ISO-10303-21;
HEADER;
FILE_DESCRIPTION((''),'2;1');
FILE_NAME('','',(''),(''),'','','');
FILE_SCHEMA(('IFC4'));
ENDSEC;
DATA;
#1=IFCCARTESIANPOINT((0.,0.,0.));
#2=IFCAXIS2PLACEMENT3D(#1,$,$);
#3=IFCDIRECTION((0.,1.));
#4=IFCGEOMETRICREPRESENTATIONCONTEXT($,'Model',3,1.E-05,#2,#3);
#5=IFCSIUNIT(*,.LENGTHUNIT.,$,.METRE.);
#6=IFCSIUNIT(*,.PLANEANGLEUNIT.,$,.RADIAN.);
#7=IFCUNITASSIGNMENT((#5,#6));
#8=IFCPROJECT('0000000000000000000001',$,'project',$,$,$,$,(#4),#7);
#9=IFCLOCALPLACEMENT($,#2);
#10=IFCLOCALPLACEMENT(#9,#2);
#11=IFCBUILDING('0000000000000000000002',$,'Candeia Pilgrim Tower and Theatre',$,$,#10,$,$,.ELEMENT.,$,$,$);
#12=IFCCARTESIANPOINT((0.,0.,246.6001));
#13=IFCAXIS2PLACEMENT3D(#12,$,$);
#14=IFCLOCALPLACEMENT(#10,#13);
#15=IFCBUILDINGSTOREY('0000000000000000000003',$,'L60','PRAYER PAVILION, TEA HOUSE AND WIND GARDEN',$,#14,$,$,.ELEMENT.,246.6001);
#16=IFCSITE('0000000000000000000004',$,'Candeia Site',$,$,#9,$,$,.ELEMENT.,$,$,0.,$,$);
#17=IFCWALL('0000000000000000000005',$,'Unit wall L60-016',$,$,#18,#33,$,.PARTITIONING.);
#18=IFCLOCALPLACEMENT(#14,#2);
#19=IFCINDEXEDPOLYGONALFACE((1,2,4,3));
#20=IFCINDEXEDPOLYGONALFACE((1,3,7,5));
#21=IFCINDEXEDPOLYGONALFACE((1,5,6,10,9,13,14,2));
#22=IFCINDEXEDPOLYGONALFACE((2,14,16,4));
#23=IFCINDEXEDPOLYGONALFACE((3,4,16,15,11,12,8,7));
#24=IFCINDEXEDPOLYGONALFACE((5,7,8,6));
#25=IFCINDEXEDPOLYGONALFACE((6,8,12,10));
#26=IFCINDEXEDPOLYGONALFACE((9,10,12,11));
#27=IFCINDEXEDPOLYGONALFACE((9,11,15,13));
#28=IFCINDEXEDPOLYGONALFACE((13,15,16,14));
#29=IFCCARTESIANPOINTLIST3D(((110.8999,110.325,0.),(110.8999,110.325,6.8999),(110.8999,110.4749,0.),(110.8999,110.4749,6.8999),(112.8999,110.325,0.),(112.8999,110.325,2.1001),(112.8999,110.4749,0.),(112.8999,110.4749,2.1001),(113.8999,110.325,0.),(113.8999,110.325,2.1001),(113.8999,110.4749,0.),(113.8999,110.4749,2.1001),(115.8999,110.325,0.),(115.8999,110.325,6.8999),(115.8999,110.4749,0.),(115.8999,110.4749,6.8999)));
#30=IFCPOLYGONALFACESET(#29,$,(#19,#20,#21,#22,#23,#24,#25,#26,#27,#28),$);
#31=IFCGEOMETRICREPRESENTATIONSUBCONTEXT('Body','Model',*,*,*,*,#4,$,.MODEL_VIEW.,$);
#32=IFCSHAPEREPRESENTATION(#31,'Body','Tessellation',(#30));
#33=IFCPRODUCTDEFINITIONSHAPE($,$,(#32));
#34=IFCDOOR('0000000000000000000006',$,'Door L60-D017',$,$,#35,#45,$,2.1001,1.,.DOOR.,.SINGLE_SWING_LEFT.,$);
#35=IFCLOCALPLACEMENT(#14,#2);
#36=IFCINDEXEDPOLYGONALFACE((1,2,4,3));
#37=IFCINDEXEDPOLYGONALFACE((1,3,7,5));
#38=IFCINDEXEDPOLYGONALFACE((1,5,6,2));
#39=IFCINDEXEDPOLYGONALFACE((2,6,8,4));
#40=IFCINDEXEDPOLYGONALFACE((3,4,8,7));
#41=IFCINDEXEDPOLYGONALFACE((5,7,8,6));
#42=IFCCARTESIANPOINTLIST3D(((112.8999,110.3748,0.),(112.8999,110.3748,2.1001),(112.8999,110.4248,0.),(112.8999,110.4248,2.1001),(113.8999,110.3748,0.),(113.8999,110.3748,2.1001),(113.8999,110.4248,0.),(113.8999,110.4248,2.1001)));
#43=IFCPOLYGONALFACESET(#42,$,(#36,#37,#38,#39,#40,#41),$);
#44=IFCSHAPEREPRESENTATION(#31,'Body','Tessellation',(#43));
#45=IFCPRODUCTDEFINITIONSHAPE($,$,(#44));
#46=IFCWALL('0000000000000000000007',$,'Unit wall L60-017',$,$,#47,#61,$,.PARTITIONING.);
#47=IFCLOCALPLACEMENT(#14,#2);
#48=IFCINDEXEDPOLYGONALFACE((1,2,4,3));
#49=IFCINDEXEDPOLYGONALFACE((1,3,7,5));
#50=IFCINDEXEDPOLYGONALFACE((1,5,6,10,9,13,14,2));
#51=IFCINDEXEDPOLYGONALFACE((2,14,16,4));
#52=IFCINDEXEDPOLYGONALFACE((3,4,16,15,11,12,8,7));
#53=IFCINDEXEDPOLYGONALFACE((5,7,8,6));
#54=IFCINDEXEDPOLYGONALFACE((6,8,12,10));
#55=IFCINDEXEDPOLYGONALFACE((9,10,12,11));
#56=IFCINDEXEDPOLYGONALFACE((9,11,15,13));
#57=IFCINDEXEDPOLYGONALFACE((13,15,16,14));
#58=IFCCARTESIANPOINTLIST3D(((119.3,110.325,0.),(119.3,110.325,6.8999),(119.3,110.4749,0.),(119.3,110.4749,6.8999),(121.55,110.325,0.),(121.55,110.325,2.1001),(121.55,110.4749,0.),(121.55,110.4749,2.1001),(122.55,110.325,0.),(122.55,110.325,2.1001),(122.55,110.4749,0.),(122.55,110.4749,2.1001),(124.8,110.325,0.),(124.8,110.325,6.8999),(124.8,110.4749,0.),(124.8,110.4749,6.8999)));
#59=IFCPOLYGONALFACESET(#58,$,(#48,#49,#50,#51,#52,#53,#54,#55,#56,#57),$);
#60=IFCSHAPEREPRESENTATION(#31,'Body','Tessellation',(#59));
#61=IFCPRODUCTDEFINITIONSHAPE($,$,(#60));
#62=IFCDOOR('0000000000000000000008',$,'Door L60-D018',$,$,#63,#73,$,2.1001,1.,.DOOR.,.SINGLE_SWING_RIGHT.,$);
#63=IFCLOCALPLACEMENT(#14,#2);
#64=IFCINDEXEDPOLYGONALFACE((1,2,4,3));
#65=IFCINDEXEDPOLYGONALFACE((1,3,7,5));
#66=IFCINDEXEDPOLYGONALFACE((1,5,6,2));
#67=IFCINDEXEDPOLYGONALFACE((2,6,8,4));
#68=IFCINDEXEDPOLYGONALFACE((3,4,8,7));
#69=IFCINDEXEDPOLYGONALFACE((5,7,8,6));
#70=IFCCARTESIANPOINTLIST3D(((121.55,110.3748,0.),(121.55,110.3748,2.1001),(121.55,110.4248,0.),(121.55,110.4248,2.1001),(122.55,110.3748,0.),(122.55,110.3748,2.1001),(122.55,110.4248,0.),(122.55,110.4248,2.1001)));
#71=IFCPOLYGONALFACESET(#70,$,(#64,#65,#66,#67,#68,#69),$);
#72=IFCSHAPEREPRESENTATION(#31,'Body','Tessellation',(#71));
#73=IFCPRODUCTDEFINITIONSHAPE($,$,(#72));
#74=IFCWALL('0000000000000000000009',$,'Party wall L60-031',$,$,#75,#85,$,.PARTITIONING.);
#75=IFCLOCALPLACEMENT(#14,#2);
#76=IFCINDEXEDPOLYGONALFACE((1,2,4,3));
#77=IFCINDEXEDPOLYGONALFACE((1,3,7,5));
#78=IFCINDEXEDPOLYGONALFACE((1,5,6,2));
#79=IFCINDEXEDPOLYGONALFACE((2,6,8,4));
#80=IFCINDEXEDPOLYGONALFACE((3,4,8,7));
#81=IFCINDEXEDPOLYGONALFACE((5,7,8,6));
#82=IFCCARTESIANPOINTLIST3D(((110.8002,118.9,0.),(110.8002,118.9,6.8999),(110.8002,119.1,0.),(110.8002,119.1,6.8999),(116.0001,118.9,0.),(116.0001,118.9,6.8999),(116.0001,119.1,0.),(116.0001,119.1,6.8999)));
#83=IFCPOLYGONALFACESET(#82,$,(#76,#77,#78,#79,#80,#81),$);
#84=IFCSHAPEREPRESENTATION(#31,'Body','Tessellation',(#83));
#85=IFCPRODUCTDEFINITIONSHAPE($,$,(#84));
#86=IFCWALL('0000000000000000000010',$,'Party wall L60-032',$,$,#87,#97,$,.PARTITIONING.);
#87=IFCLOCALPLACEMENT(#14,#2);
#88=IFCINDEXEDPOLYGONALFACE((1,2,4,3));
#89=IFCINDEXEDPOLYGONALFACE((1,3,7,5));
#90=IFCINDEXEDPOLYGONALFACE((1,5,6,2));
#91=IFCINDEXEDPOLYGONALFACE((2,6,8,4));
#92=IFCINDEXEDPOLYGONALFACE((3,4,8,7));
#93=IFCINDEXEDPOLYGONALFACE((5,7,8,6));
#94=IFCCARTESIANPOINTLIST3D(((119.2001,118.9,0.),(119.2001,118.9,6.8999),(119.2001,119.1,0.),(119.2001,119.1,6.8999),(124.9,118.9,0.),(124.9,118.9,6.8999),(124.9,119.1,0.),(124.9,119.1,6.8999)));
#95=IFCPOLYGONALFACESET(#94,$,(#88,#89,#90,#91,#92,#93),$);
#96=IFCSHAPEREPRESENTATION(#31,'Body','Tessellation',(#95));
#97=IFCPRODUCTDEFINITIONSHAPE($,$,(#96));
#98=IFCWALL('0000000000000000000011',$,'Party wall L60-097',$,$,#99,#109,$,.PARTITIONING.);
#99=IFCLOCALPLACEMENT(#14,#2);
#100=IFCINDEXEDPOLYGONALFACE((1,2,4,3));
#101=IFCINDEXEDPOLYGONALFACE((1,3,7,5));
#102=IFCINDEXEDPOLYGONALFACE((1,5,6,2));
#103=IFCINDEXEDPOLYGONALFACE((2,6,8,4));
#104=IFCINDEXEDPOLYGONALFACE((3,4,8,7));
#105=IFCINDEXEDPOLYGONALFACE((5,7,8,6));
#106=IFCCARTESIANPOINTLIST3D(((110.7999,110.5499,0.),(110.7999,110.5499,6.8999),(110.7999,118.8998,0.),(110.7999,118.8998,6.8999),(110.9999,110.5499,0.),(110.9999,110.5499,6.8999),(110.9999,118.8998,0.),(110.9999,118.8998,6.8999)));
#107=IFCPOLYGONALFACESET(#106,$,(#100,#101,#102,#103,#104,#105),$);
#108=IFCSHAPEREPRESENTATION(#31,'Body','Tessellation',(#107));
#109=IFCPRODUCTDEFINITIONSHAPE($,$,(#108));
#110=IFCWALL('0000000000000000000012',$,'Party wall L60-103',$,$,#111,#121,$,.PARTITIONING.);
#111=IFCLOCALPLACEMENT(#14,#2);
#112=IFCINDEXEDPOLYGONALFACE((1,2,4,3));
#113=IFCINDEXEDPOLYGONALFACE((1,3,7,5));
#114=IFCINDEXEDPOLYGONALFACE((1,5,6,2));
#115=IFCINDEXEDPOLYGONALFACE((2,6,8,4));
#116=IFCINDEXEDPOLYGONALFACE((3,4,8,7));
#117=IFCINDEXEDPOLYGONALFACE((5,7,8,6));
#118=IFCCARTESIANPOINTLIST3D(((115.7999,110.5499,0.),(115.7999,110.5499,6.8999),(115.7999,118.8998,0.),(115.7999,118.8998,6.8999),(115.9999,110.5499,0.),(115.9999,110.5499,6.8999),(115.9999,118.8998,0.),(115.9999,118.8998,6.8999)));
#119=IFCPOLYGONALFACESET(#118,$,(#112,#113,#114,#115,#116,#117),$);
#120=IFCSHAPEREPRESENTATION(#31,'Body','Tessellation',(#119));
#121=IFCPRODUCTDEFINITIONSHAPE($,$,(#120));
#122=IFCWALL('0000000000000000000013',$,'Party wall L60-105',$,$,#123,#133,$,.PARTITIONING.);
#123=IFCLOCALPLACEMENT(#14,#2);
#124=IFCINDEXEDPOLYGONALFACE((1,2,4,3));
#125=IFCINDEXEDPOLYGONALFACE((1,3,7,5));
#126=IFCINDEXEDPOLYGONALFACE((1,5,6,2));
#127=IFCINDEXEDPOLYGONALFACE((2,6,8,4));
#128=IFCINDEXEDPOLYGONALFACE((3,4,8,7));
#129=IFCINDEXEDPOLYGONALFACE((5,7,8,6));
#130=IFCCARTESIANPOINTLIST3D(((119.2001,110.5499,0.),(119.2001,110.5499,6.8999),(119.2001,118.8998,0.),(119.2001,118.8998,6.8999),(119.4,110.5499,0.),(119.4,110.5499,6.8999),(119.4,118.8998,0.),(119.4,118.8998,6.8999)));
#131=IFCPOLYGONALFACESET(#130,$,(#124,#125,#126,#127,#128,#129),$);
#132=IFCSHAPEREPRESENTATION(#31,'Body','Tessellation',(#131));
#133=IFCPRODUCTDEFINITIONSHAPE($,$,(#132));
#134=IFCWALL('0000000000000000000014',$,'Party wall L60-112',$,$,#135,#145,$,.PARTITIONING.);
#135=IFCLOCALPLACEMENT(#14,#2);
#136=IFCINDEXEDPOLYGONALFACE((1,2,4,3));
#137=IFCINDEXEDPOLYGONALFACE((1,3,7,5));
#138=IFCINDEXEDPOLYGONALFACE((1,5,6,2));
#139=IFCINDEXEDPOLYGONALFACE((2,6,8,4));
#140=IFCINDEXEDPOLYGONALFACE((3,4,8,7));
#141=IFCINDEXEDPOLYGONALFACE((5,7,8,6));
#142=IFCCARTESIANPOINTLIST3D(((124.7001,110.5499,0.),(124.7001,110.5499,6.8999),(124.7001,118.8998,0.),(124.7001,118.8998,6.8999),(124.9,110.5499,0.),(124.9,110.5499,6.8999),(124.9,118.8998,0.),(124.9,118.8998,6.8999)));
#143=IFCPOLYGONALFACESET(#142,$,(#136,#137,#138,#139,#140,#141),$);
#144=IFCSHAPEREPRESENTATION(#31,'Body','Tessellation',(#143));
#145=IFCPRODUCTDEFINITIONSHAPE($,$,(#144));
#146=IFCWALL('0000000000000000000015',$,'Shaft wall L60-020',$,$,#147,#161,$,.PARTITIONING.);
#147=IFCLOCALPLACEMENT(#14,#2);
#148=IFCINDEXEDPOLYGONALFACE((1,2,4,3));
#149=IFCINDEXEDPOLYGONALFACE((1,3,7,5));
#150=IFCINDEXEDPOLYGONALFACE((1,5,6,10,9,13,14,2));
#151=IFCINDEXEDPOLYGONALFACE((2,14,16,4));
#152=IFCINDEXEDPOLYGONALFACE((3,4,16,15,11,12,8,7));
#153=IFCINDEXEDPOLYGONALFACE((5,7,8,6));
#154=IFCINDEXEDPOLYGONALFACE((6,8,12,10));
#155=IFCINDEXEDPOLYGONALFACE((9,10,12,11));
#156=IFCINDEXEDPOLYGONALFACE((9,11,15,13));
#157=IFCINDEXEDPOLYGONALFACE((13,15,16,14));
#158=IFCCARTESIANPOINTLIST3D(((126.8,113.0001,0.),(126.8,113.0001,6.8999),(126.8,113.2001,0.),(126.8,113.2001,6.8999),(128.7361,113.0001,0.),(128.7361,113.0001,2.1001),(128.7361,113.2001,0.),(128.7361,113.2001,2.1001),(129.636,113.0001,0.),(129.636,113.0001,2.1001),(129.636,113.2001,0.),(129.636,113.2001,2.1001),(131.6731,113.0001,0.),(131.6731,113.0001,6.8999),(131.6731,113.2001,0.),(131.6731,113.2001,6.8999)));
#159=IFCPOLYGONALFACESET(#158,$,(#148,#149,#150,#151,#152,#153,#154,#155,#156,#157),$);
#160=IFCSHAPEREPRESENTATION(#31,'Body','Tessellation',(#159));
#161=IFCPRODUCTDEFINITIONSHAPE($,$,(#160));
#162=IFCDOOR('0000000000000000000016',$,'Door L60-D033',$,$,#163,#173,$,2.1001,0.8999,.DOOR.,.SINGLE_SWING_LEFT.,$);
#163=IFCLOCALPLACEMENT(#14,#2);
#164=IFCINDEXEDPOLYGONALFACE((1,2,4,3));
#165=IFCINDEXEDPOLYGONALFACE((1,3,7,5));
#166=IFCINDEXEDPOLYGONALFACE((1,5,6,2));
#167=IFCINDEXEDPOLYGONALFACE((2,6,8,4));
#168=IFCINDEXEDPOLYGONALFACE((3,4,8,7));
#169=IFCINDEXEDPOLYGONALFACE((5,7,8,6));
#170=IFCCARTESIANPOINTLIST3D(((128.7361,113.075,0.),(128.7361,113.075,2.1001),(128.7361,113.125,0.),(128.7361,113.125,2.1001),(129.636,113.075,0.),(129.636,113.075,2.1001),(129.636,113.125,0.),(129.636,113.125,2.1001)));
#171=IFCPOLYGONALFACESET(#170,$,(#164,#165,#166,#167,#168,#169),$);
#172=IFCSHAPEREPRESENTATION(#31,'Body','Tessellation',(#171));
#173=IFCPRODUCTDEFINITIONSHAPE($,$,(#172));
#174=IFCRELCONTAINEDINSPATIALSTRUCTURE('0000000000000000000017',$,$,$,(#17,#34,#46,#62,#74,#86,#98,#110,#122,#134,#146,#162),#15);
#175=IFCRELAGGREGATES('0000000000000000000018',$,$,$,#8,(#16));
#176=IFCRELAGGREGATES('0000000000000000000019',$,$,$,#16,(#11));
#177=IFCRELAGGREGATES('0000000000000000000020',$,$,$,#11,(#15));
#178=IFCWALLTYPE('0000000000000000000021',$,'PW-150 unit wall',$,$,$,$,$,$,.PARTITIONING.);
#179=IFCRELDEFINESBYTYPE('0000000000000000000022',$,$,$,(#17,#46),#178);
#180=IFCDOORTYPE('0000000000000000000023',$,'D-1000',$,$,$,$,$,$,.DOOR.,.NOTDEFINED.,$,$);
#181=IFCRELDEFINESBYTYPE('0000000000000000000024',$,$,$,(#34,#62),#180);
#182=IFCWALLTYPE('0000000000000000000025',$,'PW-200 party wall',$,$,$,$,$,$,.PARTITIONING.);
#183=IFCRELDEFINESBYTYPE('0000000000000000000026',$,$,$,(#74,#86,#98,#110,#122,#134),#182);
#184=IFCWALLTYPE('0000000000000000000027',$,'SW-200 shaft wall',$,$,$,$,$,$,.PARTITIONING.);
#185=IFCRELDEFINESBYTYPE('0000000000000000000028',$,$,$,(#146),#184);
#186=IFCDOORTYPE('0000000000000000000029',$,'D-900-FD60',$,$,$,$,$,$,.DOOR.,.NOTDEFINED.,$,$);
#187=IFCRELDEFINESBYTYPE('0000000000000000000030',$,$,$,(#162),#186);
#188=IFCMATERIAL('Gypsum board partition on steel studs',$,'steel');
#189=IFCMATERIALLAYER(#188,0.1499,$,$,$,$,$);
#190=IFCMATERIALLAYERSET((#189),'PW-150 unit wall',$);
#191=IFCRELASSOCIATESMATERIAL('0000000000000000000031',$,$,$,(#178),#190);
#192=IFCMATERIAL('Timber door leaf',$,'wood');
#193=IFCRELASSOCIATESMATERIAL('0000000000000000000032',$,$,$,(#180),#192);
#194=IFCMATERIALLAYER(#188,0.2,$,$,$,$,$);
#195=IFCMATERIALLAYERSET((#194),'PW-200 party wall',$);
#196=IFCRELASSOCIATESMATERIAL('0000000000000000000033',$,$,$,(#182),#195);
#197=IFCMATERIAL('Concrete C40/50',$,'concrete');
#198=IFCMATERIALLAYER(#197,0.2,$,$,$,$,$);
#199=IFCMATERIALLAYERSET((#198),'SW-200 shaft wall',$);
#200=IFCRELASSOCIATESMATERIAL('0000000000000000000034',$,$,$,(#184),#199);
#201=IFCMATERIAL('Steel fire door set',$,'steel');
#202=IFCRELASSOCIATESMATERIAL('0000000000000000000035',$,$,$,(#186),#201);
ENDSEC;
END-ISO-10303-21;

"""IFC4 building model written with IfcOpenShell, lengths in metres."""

from ifc_helpers import new_model, si_unit, direction, frame, frame_2d, origin, place, context, subcontext, project, spatial, rectangle, extrude, material, layer, layer_set, type_object, element, fill, save


model = new_model("IFC4")

# Units and contexts
model_context = context("Model", 3, precision=1e-05, world=origin(), true_north=direction((0.0, 1.0)))
body_context = subcontext(model_context, "Body", "Model", "MODEL_VIEW")
ifc_project = project(units=[si_unit("LENGTHUNIT", "METRE"), si_unit("PLANEANGLEUNIT", "RADIAN")], contexts=[model_context])

# Site, building, storey
site_placement = place(None, origin())
site = spatial("IfcSite", under=ifc_project, at=site_placement, Name="Candeia Site", CompositionType="ELEMENT", RefElevation=0.0)
building_placement = place(site_placement, origin())
building = spatial("IfcBuilding", under=site, at=building_placement, Name="Candeia Pilgrim Tower and Theatre", CompositionType="ELEMENT")
storey_placement = place(building_placement, frame((0.0, 0.0, 246.6001)))
storey = spatial("IfcBuildingStorey", under=building, at=storey_placement, Name="L60", Description="PRAYER PAVILION, TEA HOUSE AND WIND GARDEN", CompositionType="ELEMENT", Elevation=246.6001)

# Shared definitions
ifc_material_1 = material(Name="Steel fire door set", Category="steel")

# Walls, openings, doors
ifc_material_2 = material(Name="Gypsum board partition on steel studs", Category="steel")
ifc_layer_1 = layer(ifc_material_2, 0.1499)
ifc_layer_set_1 = layer_set([ifc_layer_1], Name="PW-150 unit wall")
wall_type_1 = type_object("IfcWallType", Name="PW-150 unit wall", PredefinedType="PARTITIONING", material=ifc_layer_set_1)
ifc_material_3 = material(Name="Timber door leaf", Category="wood")
door_type_1 = type_object("IfcDoorType", Name="D-1000", OperationType="NOTDEFINED", PredefinedType="DOOR", material=ifc_material_3)
wall_1_placement = place(storey_placement, frame((110.8999, 110.3999, 0.0), z_axis=(0.0, 0.0, 1.0), x_axis=(1.0, 0.0, 0.0)))
wall_1 = element("IfcWall", 1, at=wall_1_placement, inside=storey, type_object=wall_type_1, Name="Unit wall L60-016", PredefinedType="PARTITIONING", context=body_context, shape_type="SweptSolid", body=[
    extrude(rectangle(XDim=5.0, YDim=0.1499, at=frame_2d((2.5, 0.0))), origin(), (0.0, 0.0, 1.0), 6.8999),
])
opening_1_placement = place(wall_1_placement, frame((2.0, 0.0, 0.0)))
opening_1 = element("IfcOpeningElement", 2, at=opening_1_placement, cuts=wall_1, PredefinedType="OPENING", context=body_context, shape_type="SweptSolid", body=[
    extrude(rectangle(XDim=1.0, YDim=2.1001, at=frame_2d((0.5, 1.05))), frame((0.0, 0.085, 0.0), z_axis=(0.0, -1.0, 0.0), x_axis=(1.0, 0.0, 0.0)), (0.0, 0.0, 1.0), 0.1699),
])
door_1_placement = place(opening_1_placement, origin())
door_1 = element("IfcDoor", 3, at=door_1_placement, inside=storey, type_object=door_type_1, Name="Door L60-D017", OperationType="SINGLE_SWING_LEFT", OverallHeight=2.1001, OverallWidth=1.0, PredefinedType="DOOR", context=body_context, shape_type="SweptSolid", body=[
    extrude(rectangle(XDim=1.0, YDim=2.1001, at=frame_2d((0.5, 1.05))), frame((0.0, 0.0249, 0.0), z_axis=(0.0, -1.0, 0.0), x_axis=(1.0, 0.0, 0.0)), (0.0, 0.0, 1.0), 0.05),
])
fill(opening_1, door_1)
wall_2_placement = place(storey_placement, frame((119.3, 110.3999, 0.0), z_axis=(0.0, 0.0, 1.0), x_axis=(1.0, 0.0, 0.0)))
wall_2 = element("IfcWall", 4, at=wall_2_placement, inside=storey, type_object=wall_type_1, Name="Unit wall L60-017", PredefinedType="PARTITIONING", context=body_context, shape_type="SweptSolid", body=[
    extrude(rectangle(XDim=5.5, YDim=0.1499, at=frame_2d((2.75, 0.0))), origin(), (0.0, 0.0, 1.0), 6.8999),
])
opening_2_placement = place(wall_2_placement, frame((2.25, 0.0, 0.0)))
opening_2 = element("IfcOpeningElement", 5, at=opening_2_placement, cuts=wall_2, PredefinedType="OPENING", context=body_context, shape_type="SweptSolid", body=[
    extrude(rectangle(XDim=1.0, YDim=2.1001, at=frame_2d((0.5, 1.05))), frame((0.0, 0.085, 0.0), z_axis=(0.0, -1.0, 0.0), x_axis=(1.0, 0.0, 0.0)), (0.0, 0.0, 1.0), 0.1699),
])
door_2_placement = place(opening_2_placement, origin())
door_2 = element("IfcDoor", 6, at=door_2_placement, inside=storey, type_object=door_type_1, Name="Door L60-D018", OperationType="SINGLE_SWING_RIGHT", OverallHeight=2.1001, OverallWidth=1.0, PredefinedType="DOOR", context=body_context, shape_type="SweptSolid", body=[
    extrude(rectangle(XDim=1.0, YDim=2.1001, at=frame_2d((0.5, 1.05))), frame((0.0, 0.0249, 0.0), z_axis=(0.0, -1.0, 0.0), x_axis=(1.0, 0.0, 0.0)), (0.0, 0.0, 1.0), 0.05),
])
fill(opening_2, door_2)

# Walls
ifc_layer_2 = layer(ifc_material_2, 0.2)
ifc_layer_set_2 = layer_set([ifc_layer_2], Name="PW-200 party wall")
wall_type_2 = type_object("IfcWallType", Name="PW-200 party wall", PredefinedType="PARTITIONING", material=ifc_layer_set_2)
wall_3_placement = place(storey_placement, frame((110.8, 119.0, 0.0), z_axis=(0.0, 0.0, 1.0), x_axis=(1.0, 0.0, 0.0)))
element("IfcWall", 7, at=wall_3_placement, inside=storey, type_object=wall_type_2, Name="Party wall L60-031", PredefinedType="PARTITIONING", context=body_context, shape_type="SweptSolid", body=[
    extrude(rectangle(XDim=5.2, YDim=0.2, at=frame_2d((2.6001, 0.0))), origin(), (0.0, 0.0, 1.0), 6.8999),
])
wall_4_placement = place(storey_placement, frame((119.2, 119.0, 0.0), z_axis=(0.0, 0.0, 1.0), x_axis=(1.0, 0.0, 0.0)))
element("IfcWall", 8, at=wall_4_placement, inside=storey, type_object=wall_type_2, Name="Party wall L60-032", PredefinedType="PARTITIONING", context=body_context, shape_type="SweptSolid", body=[
    extrude(rectangle(XDim=5.7, YDim=0.2, at=frame_2d((2.8501, 0.0))), origin(), (0.0, 0.0, 1.0), 6.8999),
])
for number, where, z_axis, x_axis, name in (
    (9, (110.8999, 110.55, 0.0), (0.0, 0.0, 1.0), (0.0, 1.0, 0.0), "Party wall L60-097"),
    (10, (115.8999, 110.55, 0.0), (0.0, 0.0, 1.0), (0.0, 1.0, 0.0), "Party wall L60-103"),
    (11, (119.3, 110.55, 0.0), (0.0, 0.0, 1.0), (0.0, 1.0, 0.0), "Party wall L60-105"),
    (12, (124.8, 110.55, 0.0), (0.0, 0.0, 1.0), (0.0, 1.0, 0.0), "Party wall L60-112"),
):
    element("IfcWall", number, at=place(storey_placement, frame(where, z_axis=z_axis, x_axis=x_axis)), inside=storey, type_object=wall_type_2, Name=name, PredefinedType="PARTITIONING", context=body_context, shape_type="SweptSolid", body=[
        extrude(rectangle(XDim=8.3499, YDim=0.2, at=frame_2d((4.1748, 0.0))), origin(), (0.0, 0.0, 1.0), 6.8999),
    ])

# Wall, opening, door
ifc_material_4 = material(Name="Concrete C40/50", Category="concrete")
ifc_layer_3 = layer(ifc_material_4, 0.2)
ifc_layer_set_3 = layer_set([ifc_layer_3], Name="SW-200 shaft wall")
wall_type_3 = type_object("IfcWallType", Name="SW-200 shaft wall", PredefinedType="PARTITIONING", material=ifc_layer_set_3)
wall_5_placement = place(storey_placement, frame((126.8, 113.1001, 0.0), z_axis=(0.0, 0.0, 1.0), x_axis=(1.0, 0.0, 0.0)))
wall_5 = element("IfcWall", 13, at=wall_5_placement, inside=storey, type_object=wall_type_3, Name="Shaft wall L60-020", PredefinedType="PARTITIONING", context=body_context, shape_type="SweptSolid", body=[
    extrude(rectangle(XDim=4.873, YDim=0.2, at=frame_2d((2.4365, 0.0))), origin(), (0.0, 0.0, 1.0), 6.8999),
])
opening_3_placement = place(wall_5_placement, frame((1.936, 0.0, 0.0)))
opening_3 = element("IfcOpeningElement", 14, at=opening_3_placement, cuts=wall_5, PredefinedType="OPENING", context=body_context, shape_type="SweptSolid", body=[
    extrude(rectangle(XDim=0.8999, YDim=2.1001, at=frame_2d((0.45, 1.05))), frame((0.0, 0.1099, 0.0), z_axis=(0.0, -1.0, 0.0), x_axis=(1.0, 0.0, 0.0)), (0.0, 0.0, 1.0), 0.22),
])
door_type_2 = type_object("IfcDoorType", Name="D-900-FD60", OperationType="NOTDEFINED", PredefinedType="DOOR", material=ifc_material_1)
door_3_placement = place(opening_3_placement, origin())
door_3 = element("IfcDoor", 15, at=door_3_placement, inside=storey, type_object=door_type_2, Name="Door L60-D033", OperationType="SINGLE_SWING_LEFT", OverallHeight=2.1001, OverallWidth=0.8999, PredefinedType="DOOR", context=body_context, shape_type="SweptSolid", body=[
    extrude(rectangle(XDim=0.8999, YDim=2.1001, at=frame_2d((0.45, 1.05))), frame((0.0, 0.0249, 0.0), z_axis=(0.0, -1.0, 0.0), x_axis=(1.0, 0.0, 0.0)), (0.0, 0.0, 1.0), 0.05),
])
fill(opening_3, door_3)

save(model, "model.ifc")
